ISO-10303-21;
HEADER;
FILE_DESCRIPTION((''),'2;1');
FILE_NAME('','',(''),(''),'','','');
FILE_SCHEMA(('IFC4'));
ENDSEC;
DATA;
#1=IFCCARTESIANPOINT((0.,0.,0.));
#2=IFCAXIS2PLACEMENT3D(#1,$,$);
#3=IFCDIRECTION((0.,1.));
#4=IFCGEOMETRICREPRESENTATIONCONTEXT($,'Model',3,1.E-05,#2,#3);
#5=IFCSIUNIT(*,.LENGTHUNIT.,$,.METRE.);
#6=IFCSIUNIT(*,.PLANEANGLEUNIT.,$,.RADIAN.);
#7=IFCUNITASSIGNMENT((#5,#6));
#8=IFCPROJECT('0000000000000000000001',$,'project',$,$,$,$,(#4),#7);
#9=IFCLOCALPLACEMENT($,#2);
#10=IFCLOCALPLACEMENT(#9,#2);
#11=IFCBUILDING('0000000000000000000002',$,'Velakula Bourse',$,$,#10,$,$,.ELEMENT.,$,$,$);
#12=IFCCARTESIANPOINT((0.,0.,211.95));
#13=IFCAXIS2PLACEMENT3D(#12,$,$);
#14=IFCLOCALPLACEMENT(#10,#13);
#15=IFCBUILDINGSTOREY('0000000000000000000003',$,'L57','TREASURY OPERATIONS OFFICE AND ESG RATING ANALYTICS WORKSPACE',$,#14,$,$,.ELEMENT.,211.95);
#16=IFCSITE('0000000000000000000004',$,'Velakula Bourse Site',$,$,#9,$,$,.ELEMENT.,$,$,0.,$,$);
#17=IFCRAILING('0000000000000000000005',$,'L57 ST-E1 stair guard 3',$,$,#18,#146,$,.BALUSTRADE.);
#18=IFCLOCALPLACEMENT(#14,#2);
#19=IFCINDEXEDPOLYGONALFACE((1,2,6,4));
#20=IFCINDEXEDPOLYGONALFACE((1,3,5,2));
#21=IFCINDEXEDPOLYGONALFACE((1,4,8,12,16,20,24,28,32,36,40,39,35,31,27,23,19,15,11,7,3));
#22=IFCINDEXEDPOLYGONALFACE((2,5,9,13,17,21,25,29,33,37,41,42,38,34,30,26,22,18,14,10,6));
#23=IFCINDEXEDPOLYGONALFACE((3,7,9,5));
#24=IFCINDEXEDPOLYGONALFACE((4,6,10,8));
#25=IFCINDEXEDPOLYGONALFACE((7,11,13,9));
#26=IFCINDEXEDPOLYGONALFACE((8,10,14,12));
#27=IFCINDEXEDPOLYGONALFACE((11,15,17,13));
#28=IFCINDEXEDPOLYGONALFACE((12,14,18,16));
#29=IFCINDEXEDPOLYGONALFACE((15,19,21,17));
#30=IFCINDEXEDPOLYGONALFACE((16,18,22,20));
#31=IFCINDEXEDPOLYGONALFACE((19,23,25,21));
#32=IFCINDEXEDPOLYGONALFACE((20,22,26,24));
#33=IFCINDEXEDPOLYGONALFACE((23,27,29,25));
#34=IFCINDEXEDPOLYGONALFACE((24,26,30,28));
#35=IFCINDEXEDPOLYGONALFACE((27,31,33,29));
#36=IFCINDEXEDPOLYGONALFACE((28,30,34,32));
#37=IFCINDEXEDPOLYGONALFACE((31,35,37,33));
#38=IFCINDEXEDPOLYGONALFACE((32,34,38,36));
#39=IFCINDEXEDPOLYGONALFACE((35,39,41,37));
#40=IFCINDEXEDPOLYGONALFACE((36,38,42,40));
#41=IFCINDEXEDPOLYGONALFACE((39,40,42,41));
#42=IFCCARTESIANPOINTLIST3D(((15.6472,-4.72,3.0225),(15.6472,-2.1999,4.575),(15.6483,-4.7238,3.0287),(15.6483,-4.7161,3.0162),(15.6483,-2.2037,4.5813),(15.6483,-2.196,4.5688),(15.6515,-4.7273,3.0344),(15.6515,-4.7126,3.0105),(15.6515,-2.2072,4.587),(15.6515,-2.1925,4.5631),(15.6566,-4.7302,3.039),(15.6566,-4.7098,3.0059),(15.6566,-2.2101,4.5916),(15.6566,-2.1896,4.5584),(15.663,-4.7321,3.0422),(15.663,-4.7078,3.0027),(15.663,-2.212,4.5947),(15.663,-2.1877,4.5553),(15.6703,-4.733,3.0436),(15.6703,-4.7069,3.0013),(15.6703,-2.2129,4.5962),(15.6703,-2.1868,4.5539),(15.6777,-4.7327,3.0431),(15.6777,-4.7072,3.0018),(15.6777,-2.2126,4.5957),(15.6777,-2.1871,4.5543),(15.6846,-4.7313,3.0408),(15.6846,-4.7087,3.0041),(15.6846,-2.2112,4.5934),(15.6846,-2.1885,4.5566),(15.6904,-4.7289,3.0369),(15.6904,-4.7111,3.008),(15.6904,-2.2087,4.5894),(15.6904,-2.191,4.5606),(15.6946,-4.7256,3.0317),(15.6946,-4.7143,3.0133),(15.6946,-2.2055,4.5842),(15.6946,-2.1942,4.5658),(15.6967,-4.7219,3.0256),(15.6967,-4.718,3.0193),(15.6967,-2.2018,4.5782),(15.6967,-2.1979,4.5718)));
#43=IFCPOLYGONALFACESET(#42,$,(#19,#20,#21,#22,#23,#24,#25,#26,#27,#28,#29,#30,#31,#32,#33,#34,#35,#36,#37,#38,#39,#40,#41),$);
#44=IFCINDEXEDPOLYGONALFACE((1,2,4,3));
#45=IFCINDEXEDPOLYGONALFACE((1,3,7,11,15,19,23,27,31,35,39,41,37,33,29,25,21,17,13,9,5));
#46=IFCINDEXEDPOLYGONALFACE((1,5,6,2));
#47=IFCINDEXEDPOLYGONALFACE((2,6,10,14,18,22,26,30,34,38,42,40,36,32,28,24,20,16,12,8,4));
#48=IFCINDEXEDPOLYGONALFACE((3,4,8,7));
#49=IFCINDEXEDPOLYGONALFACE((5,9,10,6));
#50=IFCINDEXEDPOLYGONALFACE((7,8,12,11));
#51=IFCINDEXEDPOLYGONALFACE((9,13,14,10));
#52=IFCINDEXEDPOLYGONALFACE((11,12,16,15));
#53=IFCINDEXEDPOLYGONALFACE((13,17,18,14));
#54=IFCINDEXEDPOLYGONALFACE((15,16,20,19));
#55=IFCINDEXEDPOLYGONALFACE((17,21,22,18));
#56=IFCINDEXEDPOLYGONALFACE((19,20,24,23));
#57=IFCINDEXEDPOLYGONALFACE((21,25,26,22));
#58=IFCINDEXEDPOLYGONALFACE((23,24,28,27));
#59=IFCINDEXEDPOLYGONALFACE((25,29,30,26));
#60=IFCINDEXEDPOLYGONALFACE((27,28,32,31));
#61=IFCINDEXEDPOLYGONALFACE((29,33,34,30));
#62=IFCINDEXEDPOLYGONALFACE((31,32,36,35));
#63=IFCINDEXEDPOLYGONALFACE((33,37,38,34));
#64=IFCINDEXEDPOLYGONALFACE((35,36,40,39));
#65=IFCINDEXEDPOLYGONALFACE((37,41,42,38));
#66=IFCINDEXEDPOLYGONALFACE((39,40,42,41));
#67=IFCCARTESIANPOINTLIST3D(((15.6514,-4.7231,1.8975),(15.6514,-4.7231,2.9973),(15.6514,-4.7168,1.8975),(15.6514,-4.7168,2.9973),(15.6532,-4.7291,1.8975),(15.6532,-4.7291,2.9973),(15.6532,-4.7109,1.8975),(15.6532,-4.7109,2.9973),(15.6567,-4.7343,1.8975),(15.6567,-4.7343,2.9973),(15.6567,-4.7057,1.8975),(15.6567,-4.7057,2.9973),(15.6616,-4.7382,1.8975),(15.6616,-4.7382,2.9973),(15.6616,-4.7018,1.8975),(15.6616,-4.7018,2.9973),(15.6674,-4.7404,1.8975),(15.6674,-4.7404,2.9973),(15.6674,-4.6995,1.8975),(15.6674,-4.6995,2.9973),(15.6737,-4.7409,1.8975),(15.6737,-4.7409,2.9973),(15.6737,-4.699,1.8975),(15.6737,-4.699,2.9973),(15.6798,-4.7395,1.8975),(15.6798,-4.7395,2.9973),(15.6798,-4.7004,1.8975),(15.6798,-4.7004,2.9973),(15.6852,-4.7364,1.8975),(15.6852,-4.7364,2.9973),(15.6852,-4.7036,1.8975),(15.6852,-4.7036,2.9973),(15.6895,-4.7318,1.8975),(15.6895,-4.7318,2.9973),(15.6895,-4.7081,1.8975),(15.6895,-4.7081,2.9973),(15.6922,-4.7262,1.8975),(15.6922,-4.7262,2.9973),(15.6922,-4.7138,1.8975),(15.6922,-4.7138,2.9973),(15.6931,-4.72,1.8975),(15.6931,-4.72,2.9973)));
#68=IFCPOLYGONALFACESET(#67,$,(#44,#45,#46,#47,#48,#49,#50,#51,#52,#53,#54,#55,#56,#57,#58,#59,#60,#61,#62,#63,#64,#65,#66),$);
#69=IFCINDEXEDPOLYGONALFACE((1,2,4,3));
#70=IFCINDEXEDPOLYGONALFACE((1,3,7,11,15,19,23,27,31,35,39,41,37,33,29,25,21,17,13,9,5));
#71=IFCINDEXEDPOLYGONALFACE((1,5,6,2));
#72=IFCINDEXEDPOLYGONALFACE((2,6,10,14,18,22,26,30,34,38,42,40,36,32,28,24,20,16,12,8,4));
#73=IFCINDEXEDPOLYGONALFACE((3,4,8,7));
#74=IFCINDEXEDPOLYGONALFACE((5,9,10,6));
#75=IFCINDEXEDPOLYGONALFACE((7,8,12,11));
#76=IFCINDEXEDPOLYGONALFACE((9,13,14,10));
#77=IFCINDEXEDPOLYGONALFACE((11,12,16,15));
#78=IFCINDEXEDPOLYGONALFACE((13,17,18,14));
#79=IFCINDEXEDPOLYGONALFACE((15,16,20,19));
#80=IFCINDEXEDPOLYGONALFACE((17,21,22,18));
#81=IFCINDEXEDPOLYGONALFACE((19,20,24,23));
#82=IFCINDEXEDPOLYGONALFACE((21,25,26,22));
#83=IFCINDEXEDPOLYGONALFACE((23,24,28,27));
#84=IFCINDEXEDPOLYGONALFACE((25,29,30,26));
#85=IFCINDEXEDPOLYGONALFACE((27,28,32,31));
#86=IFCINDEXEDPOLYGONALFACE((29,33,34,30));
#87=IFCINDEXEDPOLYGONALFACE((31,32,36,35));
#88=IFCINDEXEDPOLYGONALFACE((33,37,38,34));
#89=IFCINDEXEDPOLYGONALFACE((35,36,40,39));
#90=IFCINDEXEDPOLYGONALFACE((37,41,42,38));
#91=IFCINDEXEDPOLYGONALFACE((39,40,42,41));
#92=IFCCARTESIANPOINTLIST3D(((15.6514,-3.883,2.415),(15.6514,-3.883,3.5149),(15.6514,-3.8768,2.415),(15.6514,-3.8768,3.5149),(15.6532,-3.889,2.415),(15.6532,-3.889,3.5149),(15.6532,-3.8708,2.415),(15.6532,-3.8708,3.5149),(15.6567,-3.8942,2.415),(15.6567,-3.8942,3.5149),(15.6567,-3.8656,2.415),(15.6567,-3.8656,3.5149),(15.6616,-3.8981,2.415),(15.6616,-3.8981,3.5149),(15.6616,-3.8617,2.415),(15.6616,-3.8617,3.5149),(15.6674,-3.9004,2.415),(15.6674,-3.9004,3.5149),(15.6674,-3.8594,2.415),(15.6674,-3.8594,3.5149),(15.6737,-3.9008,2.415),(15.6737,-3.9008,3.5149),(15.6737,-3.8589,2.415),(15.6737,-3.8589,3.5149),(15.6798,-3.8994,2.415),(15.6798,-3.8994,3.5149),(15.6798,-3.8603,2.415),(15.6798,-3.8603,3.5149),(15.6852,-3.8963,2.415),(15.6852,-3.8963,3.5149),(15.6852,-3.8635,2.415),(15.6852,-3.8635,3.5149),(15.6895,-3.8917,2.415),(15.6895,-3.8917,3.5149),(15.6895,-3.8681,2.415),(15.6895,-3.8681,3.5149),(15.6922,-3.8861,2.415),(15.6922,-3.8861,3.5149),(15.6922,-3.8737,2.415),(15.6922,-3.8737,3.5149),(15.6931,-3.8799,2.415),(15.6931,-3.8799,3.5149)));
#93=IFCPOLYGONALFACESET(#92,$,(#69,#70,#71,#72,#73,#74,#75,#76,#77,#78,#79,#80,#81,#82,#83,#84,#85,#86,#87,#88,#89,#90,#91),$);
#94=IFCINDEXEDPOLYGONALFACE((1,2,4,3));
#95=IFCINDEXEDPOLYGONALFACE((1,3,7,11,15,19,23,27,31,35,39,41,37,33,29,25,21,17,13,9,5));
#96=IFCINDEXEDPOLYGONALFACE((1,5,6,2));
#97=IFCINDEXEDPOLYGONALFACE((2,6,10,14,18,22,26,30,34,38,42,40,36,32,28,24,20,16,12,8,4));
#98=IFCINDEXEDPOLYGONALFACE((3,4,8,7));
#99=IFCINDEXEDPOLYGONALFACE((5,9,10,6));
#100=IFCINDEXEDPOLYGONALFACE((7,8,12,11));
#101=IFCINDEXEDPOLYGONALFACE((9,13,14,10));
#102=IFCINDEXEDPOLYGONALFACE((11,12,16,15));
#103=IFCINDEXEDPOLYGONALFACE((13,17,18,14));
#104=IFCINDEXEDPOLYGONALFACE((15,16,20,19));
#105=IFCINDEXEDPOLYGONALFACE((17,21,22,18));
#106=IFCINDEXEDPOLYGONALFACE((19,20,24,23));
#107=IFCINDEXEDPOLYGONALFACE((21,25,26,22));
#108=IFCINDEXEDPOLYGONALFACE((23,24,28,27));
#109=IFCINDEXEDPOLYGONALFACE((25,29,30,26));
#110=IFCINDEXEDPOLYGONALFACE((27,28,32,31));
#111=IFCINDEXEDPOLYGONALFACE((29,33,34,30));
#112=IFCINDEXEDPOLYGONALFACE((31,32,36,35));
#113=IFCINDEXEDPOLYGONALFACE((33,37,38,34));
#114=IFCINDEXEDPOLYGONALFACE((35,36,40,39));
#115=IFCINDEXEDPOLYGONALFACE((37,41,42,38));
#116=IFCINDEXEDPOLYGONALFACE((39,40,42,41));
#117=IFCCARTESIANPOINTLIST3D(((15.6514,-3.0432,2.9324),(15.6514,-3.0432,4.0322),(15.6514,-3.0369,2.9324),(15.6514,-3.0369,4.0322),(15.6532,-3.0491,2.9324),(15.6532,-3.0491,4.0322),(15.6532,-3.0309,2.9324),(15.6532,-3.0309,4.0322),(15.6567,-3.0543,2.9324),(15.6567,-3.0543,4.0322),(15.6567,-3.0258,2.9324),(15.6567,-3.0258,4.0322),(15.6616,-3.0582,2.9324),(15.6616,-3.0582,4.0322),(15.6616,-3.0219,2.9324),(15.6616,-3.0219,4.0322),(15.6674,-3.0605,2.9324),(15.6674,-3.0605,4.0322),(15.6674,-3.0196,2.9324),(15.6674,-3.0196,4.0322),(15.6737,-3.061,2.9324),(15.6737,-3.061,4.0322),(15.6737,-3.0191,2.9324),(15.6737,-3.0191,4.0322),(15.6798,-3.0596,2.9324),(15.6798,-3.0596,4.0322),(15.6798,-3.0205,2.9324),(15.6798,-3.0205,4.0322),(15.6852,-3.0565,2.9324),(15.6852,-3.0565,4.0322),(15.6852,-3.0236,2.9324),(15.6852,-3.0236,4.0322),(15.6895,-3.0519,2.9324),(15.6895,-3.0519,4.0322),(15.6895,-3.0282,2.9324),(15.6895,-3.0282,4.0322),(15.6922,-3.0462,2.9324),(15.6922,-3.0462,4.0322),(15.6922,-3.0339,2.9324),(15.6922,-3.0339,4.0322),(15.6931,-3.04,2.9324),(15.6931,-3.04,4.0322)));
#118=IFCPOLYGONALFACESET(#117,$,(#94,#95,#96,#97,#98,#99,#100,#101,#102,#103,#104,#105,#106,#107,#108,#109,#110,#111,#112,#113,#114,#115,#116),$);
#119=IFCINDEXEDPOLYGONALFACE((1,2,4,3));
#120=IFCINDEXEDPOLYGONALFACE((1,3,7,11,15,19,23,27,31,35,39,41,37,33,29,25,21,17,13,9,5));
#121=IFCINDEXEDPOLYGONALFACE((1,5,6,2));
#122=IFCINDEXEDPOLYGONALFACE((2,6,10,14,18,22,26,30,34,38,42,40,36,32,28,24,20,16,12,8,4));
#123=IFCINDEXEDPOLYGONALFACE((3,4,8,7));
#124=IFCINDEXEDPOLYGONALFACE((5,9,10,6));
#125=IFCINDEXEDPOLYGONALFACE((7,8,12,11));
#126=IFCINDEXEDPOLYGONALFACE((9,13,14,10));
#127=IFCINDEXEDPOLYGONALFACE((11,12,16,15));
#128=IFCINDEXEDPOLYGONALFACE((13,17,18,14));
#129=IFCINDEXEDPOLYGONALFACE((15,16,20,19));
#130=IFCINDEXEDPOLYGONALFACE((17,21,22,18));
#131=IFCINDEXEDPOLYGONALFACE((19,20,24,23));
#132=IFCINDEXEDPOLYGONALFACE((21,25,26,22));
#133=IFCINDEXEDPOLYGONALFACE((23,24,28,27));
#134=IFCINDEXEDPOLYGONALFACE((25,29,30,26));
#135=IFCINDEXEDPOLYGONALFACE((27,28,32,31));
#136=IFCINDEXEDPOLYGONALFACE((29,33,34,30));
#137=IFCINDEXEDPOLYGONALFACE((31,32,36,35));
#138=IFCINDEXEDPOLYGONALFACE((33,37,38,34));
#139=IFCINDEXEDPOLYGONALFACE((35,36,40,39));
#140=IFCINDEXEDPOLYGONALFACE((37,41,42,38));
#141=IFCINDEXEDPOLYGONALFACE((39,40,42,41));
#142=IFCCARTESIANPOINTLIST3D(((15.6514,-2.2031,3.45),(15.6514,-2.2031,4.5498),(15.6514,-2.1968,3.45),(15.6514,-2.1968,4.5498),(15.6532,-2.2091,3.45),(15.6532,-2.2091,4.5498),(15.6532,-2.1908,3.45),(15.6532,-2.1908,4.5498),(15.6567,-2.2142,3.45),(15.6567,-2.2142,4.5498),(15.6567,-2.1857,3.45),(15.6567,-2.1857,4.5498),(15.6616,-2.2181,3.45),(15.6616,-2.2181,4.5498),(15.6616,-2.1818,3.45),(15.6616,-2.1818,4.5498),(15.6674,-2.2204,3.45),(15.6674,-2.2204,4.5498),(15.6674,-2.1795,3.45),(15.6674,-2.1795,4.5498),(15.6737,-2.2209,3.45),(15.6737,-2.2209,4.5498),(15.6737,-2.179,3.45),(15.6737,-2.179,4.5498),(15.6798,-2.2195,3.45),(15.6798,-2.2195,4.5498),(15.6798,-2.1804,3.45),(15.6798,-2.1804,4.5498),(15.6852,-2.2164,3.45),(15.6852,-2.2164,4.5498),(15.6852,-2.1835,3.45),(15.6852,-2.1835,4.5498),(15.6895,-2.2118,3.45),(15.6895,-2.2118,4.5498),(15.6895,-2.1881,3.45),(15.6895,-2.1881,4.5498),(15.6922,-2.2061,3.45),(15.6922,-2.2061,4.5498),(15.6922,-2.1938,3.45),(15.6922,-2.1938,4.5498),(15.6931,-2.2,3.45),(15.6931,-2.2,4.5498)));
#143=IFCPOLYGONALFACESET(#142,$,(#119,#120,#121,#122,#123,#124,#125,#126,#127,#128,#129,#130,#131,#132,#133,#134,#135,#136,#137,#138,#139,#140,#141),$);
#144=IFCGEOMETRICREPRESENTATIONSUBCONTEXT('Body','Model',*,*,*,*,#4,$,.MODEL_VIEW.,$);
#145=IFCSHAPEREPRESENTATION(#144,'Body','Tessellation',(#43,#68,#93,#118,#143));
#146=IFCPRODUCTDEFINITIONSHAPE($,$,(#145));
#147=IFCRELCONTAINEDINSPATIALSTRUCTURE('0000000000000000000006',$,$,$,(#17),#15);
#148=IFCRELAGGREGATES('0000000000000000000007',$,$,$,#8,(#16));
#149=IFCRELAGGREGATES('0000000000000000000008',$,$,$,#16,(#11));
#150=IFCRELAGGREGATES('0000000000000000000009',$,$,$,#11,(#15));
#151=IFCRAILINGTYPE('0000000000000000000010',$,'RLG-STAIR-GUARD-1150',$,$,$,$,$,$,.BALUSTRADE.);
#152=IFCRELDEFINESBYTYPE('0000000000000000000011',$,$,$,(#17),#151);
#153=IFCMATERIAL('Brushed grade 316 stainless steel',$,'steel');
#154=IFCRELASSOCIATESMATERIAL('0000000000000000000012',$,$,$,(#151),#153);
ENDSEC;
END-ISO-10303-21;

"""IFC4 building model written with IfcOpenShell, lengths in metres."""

from ifc_helpers import new_model, si_unit, direction, frame, origin, origin_2d, place, context, subcontext, project, spatial, circle, extrude, material, type_object, element, save


model = new_model("IFC4")

# Units and contexts
model_context = context("Model", 3, precision=1e-05, world=origin(), true_north=direction((0.0, 1.0)))
body_context = subcontext(model_context, "Body", "Model", "MODEL_VIEW")
ifc_project = project(units=[si_unit("LENGTHUNIT", "METRE"), si_unit("PLANEANGLEUNIT", "RADIAN")], contexts=[model_context])

# Site, building, storey
site_placement = place(None, origin())
site = spatial("IfcSite", under=ifc_project, at=site_placement, Name="Velakula Bourse Site", CompositionType="ELEMENT", RefElevation=0.0)
building_placement = place(site_placement, origin())
building = spatial("IfcBuilding", under=site, at=building_placement, Name="Velakula Bourse", CompositionType="ELEMENT")
storey_placement = place(building_placement, frame((0.0, 0.0, 211.95)))
storey = spatial("IfcBuildingStorey", under=building, at=storey_placement, Name="L57", Description="TREASURY OPERATIONS OFFICE AND ESG RATING ANALYTICS WORKSPACE", CompositionType="ELEMENT", Elevation=211.95)

# Shared definitions
ifc_material_1 = material(Name="Brushed grade 316 stainless steel", Category="steel")

# Railing
railing_type_1 = type_object("IfcRailingType", Name="RLG-STAIR-GUARD-1150", PredefinedType="BALUSTRADE", material=ifc_material_1)
railing_1_placement = place(storey_placement, frame((15.6721, -4.72, 1.8975)))
element("IfcRailing", 1, at=railing_1_placement, inside=storey, type_object=railing_type_1, Name="L57 ST-E1 stair guard 3", PredefinedType="BALUSTRADE", context=body_context, shape_type="SweptSolid", body=[
    extrude(circle(Radius=0.0249, at=origin_2d()), frame((0.0, 0.0, 1.125), z_axis=(0.0, 0.8514, 0.524516), x_axis=(-1.0, 0.0, 0.0)), (0.0, 0.0, 1.0), 2.96),
    extrude(circle(Radius=0.021, at=origin_2d()), origin(), (0.0, 0.0, 1.0), 1.0999),
    extrude(circle(Radius=0.021, at=origin_2d()), frame((0.0, 0.8401, 0.5176)), (0.0, 0.0, 1.0), 1.0999),
    extrude(circle(Radius=0.021, at=origin_2d()), frame((0.0, 1.6799, 1.0349)), (0.0, 0.0, 1.0), 1.0999),
    extrude(circle(Radius=0.021, at=origin_2d()), frame((0.0, 2.52, 1.5525)), (0.0, 0.0, 1.0), 1.0999),
])

save(model, "model.ifc")
